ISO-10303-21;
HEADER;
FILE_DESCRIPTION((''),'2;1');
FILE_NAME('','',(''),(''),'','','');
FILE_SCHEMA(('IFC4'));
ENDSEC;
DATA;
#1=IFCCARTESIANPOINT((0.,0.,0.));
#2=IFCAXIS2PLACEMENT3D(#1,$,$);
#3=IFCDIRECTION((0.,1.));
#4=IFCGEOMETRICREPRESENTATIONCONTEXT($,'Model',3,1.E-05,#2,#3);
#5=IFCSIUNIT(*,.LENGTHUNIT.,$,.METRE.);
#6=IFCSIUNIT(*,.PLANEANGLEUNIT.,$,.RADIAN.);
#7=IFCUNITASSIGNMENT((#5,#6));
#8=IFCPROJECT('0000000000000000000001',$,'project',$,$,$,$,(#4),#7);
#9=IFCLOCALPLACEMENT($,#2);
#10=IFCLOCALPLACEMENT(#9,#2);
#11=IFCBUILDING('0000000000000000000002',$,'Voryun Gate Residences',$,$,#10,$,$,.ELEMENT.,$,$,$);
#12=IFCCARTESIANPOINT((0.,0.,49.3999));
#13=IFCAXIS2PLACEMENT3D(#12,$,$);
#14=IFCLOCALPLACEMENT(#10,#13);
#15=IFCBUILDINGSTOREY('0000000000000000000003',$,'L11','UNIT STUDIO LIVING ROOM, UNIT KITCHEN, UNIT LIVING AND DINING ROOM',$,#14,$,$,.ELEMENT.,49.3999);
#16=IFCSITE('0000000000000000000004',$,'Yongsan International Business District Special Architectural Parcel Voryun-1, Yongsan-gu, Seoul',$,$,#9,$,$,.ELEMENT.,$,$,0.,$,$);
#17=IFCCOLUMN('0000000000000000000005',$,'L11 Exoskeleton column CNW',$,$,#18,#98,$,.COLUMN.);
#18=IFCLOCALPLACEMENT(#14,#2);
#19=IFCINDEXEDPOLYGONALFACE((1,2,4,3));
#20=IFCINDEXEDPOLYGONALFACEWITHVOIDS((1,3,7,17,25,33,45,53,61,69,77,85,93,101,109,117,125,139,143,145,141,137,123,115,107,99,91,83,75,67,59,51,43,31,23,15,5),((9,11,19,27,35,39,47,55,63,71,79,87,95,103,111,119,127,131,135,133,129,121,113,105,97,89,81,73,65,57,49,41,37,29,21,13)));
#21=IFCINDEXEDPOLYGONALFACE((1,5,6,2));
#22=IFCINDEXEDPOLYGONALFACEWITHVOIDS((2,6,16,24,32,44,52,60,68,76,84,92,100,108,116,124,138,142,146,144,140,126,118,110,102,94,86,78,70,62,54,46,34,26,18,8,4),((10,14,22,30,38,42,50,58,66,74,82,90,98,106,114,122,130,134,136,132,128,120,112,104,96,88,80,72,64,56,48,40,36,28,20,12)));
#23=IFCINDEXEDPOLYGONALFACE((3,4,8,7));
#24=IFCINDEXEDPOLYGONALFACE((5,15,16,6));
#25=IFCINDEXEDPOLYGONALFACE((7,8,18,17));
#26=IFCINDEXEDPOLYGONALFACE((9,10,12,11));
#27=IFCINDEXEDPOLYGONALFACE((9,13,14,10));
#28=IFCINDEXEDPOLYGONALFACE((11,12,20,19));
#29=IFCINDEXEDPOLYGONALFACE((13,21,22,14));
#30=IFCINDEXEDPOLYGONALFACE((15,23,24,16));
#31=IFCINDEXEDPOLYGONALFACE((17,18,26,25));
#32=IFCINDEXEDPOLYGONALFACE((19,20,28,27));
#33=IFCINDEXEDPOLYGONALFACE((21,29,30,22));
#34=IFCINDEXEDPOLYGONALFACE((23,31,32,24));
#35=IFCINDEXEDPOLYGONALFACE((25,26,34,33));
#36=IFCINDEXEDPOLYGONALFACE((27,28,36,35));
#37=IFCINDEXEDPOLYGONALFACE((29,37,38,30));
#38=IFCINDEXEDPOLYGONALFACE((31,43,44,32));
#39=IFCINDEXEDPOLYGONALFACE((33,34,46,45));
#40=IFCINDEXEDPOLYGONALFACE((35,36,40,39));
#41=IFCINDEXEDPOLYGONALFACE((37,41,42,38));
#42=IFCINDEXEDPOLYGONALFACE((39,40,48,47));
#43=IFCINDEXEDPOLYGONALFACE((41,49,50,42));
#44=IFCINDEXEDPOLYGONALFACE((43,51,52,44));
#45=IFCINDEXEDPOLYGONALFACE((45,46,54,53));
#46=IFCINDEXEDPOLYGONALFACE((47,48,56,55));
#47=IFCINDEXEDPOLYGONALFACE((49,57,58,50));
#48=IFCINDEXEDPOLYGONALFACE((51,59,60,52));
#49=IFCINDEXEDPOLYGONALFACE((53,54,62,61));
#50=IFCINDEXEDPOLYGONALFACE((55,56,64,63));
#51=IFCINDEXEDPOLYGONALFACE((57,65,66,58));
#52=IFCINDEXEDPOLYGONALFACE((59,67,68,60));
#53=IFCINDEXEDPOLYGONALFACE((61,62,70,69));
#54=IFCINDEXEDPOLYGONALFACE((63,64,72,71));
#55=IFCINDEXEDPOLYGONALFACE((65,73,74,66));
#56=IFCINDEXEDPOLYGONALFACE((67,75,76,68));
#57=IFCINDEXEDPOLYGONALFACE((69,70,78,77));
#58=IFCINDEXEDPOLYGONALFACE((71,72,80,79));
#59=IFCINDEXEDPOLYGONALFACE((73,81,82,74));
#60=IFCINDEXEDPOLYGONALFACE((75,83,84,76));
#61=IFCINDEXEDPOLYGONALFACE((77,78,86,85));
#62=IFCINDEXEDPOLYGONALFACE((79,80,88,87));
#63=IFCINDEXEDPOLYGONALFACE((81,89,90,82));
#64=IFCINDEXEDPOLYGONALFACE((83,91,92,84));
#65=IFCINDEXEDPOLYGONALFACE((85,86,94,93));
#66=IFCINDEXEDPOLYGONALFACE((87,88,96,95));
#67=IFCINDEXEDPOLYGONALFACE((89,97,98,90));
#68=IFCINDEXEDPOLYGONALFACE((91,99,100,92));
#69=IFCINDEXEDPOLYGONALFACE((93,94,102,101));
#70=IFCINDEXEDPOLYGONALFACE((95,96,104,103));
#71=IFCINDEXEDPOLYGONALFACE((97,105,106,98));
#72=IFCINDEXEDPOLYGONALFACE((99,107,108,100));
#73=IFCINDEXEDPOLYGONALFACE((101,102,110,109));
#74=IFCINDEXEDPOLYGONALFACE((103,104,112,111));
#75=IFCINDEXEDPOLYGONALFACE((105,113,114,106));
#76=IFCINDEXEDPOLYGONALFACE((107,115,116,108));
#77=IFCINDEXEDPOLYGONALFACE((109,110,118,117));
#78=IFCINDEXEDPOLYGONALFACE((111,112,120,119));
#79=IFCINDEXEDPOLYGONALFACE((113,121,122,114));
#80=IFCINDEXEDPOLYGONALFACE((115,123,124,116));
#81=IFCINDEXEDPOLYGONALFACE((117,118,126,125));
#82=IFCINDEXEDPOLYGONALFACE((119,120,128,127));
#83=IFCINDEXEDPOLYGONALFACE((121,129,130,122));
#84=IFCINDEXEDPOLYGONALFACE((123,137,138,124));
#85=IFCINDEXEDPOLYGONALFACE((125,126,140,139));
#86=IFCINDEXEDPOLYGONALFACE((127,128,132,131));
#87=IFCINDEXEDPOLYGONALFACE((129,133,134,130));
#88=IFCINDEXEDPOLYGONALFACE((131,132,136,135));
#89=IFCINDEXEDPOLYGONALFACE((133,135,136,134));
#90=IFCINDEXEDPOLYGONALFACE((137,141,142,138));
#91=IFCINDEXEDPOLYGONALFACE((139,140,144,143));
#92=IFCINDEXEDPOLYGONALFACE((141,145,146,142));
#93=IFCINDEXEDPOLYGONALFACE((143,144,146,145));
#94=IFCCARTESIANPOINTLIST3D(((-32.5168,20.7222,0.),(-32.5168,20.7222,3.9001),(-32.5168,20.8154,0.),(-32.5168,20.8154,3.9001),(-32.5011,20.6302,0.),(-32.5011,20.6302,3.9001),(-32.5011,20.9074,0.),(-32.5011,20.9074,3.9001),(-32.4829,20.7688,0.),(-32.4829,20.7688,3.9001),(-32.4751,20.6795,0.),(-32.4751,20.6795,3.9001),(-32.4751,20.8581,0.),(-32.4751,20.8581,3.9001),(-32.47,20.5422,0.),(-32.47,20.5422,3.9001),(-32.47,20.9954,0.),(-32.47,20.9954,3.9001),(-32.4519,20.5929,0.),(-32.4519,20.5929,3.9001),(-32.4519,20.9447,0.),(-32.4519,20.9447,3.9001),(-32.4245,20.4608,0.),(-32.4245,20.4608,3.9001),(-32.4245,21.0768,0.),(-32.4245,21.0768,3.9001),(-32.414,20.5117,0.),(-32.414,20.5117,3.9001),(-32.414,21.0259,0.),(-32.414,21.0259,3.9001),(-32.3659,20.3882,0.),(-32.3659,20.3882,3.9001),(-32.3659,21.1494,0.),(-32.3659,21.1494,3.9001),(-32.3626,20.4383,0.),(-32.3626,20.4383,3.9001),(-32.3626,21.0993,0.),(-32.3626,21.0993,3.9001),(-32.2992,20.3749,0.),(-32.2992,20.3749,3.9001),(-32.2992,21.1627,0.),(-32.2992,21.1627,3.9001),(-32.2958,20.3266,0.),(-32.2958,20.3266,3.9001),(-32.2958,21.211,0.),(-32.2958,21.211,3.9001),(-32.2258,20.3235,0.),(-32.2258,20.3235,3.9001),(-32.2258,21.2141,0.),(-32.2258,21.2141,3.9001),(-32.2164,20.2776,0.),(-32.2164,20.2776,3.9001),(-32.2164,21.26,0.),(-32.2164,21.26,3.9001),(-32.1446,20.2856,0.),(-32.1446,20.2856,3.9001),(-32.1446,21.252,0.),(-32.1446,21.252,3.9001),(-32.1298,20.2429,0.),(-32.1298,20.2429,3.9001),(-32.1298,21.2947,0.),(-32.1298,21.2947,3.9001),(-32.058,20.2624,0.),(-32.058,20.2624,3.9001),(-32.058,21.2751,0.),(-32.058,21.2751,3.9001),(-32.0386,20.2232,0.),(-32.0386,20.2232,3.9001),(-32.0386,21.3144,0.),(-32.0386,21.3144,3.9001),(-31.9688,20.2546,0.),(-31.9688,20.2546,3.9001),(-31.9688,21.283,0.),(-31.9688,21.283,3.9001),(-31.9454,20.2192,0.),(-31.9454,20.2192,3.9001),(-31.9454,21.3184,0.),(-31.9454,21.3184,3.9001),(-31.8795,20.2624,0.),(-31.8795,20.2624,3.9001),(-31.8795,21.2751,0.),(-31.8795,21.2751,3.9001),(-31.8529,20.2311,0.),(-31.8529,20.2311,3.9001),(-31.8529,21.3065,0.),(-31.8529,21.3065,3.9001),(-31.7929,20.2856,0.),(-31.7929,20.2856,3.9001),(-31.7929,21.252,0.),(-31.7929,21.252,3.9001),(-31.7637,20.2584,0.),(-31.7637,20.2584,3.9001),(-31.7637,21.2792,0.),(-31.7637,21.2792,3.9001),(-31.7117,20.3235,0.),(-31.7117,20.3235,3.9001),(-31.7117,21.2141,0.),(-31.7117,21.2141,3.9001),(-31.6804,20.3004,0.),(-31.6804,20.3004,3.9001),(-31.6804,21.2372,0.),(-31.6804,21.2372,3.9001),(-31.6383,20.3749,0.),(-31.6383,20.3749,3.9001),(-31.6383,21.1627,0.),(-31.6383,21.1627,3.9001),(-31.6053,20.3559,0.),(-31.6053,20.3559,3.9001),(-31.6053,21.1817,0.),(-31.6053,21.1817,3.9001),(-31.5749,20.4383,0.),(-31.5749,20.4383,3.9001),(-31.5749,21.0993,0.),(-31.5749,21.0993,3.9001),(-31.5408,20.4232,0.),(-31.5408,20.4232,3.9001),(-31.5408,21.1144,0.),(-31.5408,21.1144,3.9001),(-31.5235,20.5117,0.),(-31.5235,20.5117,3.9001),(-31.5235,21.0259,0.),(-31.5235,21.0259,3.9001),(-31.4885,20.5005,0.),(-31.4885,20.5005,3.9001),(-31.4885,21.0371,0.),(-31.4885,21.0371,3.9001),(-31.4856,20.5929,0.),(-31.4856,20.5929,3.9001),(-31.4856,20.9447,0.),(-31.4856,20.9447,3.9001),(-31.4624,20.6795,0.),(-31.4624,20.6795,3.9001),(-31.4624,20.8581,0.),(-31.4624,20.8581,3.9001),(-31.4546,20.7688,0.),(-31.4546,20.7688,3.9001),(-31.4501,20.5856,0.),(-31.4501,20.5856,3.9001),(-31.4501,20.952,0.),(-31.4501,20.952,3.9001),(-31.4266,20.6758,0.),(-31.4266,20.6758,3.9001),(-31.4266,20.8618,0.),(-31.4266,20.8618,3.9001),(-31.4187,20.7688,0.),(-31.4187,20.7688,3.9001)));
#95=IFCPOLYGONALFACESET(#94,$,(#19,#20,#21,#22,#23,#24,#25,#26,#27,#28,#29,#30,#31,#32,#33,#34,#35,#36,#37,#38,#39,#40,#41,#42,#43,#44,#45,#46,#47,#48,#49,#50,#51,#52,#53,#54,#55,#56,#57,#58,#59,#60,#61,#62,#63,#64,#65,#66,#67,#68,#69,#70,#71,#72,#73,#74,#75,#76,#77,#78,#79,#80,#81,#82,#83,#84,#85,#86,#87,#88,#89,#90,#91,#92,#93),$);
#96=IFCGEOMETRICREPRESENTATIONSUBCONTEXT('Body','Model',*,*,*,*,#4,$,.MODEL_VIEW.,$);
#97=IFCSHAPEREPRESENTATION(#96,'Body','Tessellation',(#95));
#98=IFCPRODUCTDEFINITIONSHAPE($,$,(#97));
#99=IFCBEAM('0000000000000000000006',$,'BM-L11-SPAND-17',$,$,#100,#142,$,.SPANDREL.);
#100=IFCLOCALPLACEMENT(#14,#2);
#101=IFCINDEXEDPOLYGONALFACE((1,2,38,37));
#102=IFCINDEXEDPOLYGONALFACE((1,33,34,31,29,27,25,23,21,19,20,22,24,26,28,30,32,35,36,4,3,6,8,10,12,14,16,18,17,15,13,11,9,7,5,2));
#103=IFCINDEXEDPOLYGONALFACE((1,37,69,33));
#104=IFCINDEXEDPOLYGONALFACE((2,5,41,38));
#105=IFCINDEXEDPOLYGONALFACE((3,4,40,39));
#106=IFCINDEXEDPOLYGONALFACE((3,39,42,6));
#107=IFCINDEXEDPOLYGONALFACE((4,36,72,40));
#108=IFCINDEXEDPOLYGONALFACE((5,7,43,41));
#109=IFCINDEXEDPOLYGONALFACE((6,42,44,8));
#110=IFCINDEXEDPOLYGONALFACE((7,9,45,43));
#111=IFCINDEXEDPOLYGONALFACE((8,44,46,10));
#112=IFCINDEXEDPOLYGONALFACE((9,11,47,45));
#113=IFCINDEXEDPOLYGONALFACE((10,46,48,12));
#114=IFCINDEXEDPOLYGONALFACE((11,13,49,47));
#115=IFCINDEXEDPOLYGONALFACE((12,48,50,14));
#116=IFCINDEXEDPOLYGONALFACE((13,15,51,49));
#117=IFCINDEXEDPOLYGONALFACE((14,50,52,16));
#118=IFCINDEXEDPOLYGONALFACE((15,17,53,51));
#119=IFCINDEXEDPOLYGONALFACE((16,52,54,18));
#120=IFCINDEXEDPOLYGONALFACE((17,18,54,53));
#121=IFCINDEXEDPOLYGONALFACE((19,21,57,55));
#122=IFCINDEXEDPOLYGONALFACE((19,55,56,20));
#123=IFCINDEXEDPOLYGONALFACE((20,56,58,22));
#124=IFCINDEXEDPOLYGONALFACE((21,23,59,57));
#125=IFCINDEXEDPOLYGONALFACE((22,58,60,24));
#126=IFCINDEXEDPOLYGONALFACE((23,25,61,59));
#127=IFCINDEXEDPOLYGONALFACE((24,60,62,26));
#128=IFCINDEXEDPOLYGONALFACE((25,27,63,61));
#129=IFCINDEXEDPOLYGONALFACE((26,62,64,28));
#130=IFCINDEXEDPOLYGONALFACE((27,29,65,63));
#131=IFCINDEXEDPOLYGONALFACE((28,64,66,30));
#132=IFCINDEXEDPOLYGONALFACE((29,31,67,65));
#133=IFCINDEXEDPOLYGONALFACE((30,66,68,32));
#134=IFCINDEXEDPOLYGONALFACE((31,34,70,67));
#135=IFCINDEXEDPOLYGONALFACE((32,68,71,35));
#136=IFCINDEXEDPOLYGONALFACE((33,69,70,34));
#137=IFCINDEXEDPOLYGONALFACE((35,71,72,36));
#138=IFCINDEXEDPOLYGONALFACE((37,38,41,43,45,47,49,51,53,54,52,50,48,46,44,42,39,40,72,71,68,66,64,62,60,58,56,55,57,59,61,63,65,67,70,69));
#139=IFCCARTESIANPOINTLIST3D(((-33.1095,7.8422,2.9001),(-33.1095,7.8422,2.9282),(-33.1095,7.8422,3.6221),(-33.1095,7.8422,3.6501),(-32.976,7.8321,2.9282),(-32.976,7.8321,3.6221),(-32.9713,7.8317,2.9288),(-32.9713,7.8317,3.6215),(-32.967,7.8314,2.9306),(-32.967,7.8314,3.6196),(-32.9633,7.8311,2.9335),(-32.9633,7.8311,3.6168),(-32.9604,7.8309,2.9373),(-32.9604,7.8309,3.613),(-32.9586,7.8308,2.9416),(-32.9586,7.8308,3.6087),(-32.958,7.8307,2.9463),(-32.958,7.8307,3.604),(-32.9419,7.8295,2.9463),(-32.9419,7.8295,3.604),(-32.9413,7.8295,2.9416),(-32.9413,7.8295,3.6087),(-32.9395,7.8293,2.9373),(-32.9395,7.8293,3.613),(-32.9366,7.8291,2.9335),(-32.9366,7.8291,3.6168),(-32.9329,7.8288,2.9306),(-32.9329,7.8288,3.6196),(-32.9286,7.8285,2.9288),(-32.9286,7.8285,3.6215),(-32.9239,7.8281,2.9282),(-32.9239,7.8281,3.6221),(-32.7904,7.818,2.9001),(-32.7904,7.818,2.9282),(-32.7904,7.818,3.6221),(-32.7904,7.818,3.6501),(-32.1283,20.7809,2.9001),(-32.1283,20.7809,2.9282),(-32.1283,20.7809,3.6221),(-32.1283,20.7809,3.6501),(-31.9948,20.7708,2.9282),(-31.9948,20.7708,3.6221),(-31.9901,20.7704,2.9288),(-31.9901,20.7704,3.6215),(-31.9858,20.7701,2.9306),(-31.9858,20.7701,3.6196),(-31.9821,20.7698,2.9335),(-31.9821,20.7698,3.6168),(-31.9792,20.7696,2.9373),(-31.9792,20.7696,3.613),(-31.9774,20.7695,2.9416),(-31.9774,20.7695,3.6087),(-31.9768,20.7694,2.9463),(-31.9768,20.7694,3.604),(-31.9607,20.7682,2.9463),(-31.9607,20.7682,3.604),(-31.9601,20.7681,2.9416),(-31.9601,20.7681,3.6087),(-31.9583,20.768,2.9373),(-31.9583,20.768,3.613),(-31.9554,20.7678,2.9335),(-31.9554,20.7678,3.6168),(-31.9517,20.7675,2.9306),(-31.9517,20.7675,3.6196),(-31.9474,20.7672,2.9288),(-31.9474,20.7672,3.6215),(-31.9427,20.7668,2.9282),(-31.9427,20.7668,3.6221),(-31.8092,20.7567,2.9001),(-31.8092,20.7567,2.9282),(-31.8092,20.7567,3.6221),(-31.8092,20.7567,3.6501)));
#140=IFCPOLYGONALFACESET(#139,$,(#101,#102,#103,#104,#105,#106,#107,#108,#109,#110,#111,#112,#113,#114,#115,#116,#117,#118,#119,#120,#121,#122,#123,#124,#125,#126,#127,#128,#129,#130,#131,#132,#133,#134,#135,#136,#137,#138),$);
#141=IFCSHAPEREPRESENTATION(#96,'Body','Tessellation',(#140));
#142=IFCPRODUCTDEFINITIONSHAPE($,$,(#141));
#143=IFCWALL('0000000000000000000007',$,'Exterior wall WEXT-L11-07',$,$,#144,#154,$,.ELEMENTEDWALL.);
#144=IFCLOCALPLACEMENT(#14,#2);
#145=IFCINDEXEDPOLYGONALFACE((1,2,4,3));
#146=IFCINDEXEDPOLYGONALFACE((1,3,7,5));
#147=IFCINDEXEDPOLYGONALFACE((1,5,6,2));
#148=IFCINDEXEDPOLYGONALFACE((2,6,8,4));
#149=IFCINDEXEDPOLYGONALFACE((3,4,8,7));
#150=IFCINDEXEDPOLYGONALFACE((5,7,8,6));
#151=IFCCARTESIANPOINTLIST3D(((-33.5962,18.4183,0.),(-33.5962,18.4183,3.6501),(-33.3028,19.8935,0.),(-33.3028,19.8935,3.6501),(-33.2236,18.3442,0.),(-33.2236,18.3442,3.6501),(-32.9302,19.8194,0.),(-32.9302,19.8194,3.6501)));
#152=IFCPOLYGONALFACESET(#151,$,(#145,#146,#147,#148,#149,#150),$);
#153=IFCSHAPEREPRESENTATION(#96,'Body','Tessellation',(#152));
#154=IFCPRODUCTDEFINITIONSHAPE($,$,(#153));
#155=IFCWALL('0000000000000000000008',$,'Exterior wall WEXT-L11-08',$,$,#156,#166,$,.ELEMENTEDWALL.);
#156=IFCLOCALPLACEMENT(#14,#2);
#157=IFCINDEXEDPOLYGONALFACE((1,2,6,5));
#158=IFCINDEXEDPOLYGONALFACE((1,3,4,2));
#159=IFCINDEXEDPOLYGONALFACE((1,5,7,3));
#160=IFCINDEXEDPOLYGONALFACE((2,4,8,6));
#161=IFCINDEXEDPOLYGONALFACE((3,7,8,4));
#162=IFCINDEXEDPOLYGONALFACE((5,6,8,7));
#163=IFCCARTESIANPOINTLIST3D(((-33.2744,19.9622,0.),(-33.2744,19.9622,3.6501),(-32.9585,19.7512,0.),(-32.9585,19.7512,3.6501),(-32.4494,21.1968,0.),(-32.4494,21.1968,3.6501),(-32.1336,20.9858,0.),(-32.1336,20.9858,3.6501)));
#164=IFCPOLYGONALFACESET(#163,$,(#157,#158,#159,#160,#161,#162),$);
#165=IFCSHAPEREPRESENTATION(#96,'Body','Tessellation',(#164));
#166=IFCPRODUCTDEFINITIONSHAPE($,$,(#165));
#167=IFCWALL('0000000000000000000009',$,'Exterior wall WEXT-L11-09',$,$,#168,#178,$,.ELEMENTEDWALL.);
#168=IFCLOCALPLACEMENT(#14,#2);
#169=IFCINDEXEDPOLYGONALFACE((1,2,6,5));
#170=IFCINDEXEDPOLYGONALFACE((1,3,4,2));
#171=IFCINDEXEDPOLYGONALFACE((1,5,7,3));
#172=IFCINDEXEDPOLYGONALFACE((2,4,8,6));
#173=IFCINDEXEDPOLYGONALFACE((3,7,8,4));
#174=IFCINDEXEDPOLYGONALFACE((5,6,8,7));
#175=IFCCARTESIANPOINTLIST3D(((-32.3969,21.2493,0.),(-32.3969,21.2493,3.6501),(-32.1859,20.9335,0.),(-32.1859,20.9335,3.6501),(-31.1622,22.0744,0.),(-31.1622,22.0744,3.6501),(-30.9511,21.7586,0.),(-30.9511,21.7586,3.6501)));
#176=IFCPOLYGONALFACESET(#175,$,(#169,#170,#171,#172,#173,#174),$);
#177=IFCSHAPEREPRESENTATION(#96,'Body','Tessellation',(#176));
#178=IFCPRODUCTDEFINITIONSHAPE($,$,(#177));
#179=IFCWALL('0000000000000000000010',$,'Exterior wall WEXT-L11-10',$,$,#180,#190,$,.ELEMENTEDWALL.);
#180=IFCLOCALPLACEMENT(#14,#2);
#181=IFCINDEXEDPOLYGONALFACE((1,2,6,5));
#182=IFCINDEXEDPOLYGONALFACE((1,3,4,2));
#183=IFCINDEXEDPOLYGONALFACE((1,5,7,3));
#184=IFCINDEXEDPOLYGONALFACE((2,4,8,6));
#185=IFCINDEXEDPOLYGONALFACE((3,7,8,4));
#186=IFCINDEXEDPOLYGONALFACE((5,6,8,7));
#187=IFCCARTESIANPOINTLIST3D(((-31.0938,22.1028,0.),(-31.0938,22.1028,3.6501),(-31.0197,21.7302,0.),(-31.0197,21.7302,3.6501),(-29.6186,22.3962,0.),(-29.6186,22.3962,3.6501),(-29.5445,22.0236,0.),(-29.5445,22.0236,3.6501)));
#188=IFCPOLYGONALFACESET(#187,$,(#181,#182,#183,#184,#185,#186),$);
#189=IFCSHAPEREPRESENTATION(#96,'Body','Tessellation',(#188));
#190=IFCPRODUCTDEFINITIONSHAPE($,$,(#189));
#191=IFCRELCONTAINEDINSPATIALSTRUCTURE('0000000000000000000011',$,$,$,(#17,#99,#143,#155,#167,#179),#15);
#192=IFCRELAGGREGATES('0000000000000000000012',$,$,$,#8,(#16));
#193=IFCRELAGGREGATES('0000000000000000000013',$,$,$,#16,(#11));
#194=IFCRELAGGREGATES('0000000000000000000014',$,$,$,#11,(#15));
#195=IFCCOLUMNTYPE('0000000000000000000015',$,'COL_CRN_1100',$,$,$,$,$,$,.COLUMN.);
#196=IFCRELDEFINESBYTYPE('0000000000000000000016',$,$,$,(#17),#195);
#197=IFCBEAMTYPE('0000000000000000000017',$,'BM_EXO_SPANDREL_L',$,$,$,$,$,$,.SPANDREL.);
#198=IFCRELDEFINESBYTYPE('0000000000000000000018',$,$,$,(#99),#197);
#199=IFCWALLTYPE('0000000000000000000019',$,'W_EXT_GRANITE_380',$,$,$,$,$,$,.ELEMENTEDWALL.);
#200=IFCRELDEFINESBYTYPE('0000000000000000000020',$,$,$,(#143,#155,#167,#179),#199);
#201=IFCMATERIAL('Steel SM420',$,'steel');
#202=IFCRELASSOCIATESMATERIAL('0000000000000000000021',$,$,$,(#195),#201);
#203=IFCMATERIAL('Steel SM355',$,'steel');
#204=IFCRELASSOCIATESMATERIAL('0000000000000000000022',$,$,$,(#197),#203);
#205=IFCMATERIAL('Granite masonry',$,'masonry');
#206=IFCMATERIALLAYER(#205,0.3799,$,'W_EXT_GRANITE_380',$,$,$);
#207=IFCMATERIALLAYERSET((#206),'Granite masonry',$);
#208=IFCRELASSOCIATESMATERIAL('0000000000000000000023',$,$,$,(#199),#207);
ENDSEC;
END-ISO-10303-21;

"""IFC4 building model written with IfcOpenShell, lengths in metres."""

from ifc_helpers import new_model, si_unit, direction, frame, frame_2d, origin, origin_2d, place, context, subcontext, project, spatial, rectangle, hollow_circle, i_section, extrude, material, layer, layer_set, material_profile, profile_set, type_object, element, save


model = new_model("IFC4")

# Units and contexts
model_context = context("Model", 3, precision=1e-05, world=origin(), true_north=direction((0.0, 1.0)))
body_context = subcontext(model_context, "Body", "Model", "MODEL_VIEW")
ifc_project = project(units=[si_unit("LENGTHUNIT", "METRE"), si_unit("PLANEANGLEUNIT", "RADIAN")], contexts=[model_context])

# Site, building, storey
site_placement = place(None, origin())
site = spatial("IfcSite", under=ifc_project, at=site_placement, Name="Yongsan International Business District Special Architectural Parcel Voryun-1, Yongsan-gu, Seoul", CompositionType="ELEMENT", RefElevation=0.0)
building_placement = place(site_placement, origin())
building = spatial("IfcBuilding", under=site, at=building_placement, Name="Voryun Gate Residences", CompositionType="ELEMENT")
storey_placement = place(building_placement, frame((0.0, 0.0, 49.3999)))
storey = spatial("IfcBuildingStorey", under=building, at=storey_placement, Name="L11", Description="UNIT STUDIO LIVING ROOM, UNIT KITCHEN, UNIT LIVING AND DINING ROOM", CompositionType="ELEMENT", Elevation=49.3999)

# Column
ifc_material_1 = material(Name="Steel SM420", Category="steel")
ifc_material_profile_1 = material_profile(ifc_material_1, hollow_circle(Radius=0.55, WallThickness=0.0359, at=origin_2d()), Name="CHS-1100x36")
ifc_profile_set_1 = profile_set([ifc_material_profile_1], Name="Steel SM420")
column_type = type_object("IfcColumnType", Name="COL_CRN_1100", PredefinedType="COLUMN", material=ifc_profile_set_1)
column_placement = place(storey_placement, frame((-31.9688, 20.7688, 0.0), z_axis=(0.0, 0.0, 1.0), x_axis=(1.0, 0.0, 0.0)))
element("IfcColumn", 1, at=column_placement, inside=storey, type_object=column_type, Name="L11 Exoskeleton column CNW", PredefinedType="COLUMN", context=body_context, shape_type="SweptSolid", body=[
    extrude(hollow_circle(Radius=0.55, WallThickness=0.0359, at=origin_2d()), origin(), (0.0, 0.0, 1.0), 3.9001),
])

# Beam
ifc_material_2 = material(Name="Steel SM355", Category="steel")
ifc_material_profile_2 = material_profile(ifc_material_2, i_section(OverallWidth=0.3201, OverallDepth=0.75, WebThickness=0.0161, FlangeThickness=0.0281, FilletRadius=0.0181, at=origin_2d()), Name="H-750x320x16x28")
ifc_profile_set_2 = profile_set([ifc_material_profile_2], Name="Steel SM355")
beam_type = type_object("IfcBeamType", Name="BM_EXO_SPANDREL_L", PredefinedType="SPANDREL", material=ifc_profile_set_2)
beam_placement = place(storey_placement, frame((-31.9688, 20.7688, 3.2751), z_axis=(-0.075617, -0.997137, 0.0), x_axis=(0.997137, -0.075617, 0.0)))
element("IfcBeam", 2, at=beam_placement, inside=storey, type_object=beam_type, Name="BM-L11-SPAND-17", PredefinedType="SPANDREL", context=body_context, shape_type="SweptSolid", body=[
    extrude(i_section(OverallWidth=0.3201, OverallDepth=0.75, WebThickness=0.0161, FlangeThickness=0.0281, FilletRadius=0.0181, at=origin_2d()), origin(), (0.0, 0.0, 1.0), 12.9758),
])

# Walls
ifc_material_3 = material(Name="Granite masonry", Category="masonry")
ifc_layer_1 = layer(ifc_material_3, 0.3799, Name="W_EXT_GRANITE_380")
ifc_layer_set_1 = layer_set([ifc_layer_1], Name="Granite masonry")
wall_type_1 = type_object("IfcWallType", Name="W_EXT_GRANITE_380", PredefinedType="ELEMENTEDWALL", material=ifc_layer_set_1)
wall_1_placement = place(storey_placement, frame((-33.4099, 18.3813, 0.0), z_axis=(0.0, 0.0, 1.0), x_axis=(0.195086, 0.980786, 0.0)))
element("IfcWall", 3, at=wall_1_placement, inside=storey, type_object=wall_type_1, Name="Exterior wall WEXT-L11-07", PredefinedType="ELEMENTEDWALL", context=body_context, shape_type="SweptSolid", body=[
    extrude(rectangle(XDim=1.5042, YDim=0.3799, at=frame_2d((0.752, 0.0))), origin(), (0.0, 0.0, 1.0), 3.6501),
])
wall_2_placement = place(storey_placement, frame((-33.1165, 19.8567, 0.0), z_axis=(0.0, 0.0, 1.0), x_axis=(0.555573, 0.831468, 0.0)))
element("IfcWall", 4, at=wall_2_placement, inside=storey, type_object=wall_type_1, Name="Exterior wall WEXT-L11-08", PredefinedType="ELEMENTEDWALL", context=body_context, shape_type="SweptSolid", body=[
    extrude(rectangle(XDim=1.4849, YDim=0.3799, at=frame_2d((0.7424, 0.0))), origin(), (0.0, 0.0, 1.0), 3.6501),
])
wall_3_placement = place(storey_placement, frame((-32.2915, 21.0913, 0.0), z_axis=(0.0, 0.0, 1.0), x_axis=(0.831443, 0.55561, 0.0)))
element("IfcWall", 5, at=wall_3_placement, inside=storey, type_object=wall_type_1, Name="Exterior wall WEXT-L11-09", PredefinedType="ELEMENTEDWALL", context=body_context, shape_type="SweptSolid", body=[
    extrude(rectangle(XDim=1.4851, YDim=0.3799, at=frame_2d((0.7427, 0.0))), origin(), (0.0, 0.0, 1.0), 3.6501),
])
wall_4_placement = place(storey_placement, frame((-31.0566, 21.9165, 0.0), z_axis=(0.0, 0.0, 1.0), x_axis=(0.980786, 0.195086, 0.0)))
element("IfcWall", 6, at=wall_4_placement, inside=storey, type_object=wall_type_1, Name="Exterior wall WEXT-L11-10", PredefinedType="ELEMENTEDWALL", context=body_context, shape_type="SweptSolid", body=[
    extrude(rectangle(XDim=1.5042, YDim=0.3799, at=frame_2d((0.752, 0.0))), origin(), (0.0, 0.0, 1.0), 3.6501),
])

save(model, "model.ifc")
